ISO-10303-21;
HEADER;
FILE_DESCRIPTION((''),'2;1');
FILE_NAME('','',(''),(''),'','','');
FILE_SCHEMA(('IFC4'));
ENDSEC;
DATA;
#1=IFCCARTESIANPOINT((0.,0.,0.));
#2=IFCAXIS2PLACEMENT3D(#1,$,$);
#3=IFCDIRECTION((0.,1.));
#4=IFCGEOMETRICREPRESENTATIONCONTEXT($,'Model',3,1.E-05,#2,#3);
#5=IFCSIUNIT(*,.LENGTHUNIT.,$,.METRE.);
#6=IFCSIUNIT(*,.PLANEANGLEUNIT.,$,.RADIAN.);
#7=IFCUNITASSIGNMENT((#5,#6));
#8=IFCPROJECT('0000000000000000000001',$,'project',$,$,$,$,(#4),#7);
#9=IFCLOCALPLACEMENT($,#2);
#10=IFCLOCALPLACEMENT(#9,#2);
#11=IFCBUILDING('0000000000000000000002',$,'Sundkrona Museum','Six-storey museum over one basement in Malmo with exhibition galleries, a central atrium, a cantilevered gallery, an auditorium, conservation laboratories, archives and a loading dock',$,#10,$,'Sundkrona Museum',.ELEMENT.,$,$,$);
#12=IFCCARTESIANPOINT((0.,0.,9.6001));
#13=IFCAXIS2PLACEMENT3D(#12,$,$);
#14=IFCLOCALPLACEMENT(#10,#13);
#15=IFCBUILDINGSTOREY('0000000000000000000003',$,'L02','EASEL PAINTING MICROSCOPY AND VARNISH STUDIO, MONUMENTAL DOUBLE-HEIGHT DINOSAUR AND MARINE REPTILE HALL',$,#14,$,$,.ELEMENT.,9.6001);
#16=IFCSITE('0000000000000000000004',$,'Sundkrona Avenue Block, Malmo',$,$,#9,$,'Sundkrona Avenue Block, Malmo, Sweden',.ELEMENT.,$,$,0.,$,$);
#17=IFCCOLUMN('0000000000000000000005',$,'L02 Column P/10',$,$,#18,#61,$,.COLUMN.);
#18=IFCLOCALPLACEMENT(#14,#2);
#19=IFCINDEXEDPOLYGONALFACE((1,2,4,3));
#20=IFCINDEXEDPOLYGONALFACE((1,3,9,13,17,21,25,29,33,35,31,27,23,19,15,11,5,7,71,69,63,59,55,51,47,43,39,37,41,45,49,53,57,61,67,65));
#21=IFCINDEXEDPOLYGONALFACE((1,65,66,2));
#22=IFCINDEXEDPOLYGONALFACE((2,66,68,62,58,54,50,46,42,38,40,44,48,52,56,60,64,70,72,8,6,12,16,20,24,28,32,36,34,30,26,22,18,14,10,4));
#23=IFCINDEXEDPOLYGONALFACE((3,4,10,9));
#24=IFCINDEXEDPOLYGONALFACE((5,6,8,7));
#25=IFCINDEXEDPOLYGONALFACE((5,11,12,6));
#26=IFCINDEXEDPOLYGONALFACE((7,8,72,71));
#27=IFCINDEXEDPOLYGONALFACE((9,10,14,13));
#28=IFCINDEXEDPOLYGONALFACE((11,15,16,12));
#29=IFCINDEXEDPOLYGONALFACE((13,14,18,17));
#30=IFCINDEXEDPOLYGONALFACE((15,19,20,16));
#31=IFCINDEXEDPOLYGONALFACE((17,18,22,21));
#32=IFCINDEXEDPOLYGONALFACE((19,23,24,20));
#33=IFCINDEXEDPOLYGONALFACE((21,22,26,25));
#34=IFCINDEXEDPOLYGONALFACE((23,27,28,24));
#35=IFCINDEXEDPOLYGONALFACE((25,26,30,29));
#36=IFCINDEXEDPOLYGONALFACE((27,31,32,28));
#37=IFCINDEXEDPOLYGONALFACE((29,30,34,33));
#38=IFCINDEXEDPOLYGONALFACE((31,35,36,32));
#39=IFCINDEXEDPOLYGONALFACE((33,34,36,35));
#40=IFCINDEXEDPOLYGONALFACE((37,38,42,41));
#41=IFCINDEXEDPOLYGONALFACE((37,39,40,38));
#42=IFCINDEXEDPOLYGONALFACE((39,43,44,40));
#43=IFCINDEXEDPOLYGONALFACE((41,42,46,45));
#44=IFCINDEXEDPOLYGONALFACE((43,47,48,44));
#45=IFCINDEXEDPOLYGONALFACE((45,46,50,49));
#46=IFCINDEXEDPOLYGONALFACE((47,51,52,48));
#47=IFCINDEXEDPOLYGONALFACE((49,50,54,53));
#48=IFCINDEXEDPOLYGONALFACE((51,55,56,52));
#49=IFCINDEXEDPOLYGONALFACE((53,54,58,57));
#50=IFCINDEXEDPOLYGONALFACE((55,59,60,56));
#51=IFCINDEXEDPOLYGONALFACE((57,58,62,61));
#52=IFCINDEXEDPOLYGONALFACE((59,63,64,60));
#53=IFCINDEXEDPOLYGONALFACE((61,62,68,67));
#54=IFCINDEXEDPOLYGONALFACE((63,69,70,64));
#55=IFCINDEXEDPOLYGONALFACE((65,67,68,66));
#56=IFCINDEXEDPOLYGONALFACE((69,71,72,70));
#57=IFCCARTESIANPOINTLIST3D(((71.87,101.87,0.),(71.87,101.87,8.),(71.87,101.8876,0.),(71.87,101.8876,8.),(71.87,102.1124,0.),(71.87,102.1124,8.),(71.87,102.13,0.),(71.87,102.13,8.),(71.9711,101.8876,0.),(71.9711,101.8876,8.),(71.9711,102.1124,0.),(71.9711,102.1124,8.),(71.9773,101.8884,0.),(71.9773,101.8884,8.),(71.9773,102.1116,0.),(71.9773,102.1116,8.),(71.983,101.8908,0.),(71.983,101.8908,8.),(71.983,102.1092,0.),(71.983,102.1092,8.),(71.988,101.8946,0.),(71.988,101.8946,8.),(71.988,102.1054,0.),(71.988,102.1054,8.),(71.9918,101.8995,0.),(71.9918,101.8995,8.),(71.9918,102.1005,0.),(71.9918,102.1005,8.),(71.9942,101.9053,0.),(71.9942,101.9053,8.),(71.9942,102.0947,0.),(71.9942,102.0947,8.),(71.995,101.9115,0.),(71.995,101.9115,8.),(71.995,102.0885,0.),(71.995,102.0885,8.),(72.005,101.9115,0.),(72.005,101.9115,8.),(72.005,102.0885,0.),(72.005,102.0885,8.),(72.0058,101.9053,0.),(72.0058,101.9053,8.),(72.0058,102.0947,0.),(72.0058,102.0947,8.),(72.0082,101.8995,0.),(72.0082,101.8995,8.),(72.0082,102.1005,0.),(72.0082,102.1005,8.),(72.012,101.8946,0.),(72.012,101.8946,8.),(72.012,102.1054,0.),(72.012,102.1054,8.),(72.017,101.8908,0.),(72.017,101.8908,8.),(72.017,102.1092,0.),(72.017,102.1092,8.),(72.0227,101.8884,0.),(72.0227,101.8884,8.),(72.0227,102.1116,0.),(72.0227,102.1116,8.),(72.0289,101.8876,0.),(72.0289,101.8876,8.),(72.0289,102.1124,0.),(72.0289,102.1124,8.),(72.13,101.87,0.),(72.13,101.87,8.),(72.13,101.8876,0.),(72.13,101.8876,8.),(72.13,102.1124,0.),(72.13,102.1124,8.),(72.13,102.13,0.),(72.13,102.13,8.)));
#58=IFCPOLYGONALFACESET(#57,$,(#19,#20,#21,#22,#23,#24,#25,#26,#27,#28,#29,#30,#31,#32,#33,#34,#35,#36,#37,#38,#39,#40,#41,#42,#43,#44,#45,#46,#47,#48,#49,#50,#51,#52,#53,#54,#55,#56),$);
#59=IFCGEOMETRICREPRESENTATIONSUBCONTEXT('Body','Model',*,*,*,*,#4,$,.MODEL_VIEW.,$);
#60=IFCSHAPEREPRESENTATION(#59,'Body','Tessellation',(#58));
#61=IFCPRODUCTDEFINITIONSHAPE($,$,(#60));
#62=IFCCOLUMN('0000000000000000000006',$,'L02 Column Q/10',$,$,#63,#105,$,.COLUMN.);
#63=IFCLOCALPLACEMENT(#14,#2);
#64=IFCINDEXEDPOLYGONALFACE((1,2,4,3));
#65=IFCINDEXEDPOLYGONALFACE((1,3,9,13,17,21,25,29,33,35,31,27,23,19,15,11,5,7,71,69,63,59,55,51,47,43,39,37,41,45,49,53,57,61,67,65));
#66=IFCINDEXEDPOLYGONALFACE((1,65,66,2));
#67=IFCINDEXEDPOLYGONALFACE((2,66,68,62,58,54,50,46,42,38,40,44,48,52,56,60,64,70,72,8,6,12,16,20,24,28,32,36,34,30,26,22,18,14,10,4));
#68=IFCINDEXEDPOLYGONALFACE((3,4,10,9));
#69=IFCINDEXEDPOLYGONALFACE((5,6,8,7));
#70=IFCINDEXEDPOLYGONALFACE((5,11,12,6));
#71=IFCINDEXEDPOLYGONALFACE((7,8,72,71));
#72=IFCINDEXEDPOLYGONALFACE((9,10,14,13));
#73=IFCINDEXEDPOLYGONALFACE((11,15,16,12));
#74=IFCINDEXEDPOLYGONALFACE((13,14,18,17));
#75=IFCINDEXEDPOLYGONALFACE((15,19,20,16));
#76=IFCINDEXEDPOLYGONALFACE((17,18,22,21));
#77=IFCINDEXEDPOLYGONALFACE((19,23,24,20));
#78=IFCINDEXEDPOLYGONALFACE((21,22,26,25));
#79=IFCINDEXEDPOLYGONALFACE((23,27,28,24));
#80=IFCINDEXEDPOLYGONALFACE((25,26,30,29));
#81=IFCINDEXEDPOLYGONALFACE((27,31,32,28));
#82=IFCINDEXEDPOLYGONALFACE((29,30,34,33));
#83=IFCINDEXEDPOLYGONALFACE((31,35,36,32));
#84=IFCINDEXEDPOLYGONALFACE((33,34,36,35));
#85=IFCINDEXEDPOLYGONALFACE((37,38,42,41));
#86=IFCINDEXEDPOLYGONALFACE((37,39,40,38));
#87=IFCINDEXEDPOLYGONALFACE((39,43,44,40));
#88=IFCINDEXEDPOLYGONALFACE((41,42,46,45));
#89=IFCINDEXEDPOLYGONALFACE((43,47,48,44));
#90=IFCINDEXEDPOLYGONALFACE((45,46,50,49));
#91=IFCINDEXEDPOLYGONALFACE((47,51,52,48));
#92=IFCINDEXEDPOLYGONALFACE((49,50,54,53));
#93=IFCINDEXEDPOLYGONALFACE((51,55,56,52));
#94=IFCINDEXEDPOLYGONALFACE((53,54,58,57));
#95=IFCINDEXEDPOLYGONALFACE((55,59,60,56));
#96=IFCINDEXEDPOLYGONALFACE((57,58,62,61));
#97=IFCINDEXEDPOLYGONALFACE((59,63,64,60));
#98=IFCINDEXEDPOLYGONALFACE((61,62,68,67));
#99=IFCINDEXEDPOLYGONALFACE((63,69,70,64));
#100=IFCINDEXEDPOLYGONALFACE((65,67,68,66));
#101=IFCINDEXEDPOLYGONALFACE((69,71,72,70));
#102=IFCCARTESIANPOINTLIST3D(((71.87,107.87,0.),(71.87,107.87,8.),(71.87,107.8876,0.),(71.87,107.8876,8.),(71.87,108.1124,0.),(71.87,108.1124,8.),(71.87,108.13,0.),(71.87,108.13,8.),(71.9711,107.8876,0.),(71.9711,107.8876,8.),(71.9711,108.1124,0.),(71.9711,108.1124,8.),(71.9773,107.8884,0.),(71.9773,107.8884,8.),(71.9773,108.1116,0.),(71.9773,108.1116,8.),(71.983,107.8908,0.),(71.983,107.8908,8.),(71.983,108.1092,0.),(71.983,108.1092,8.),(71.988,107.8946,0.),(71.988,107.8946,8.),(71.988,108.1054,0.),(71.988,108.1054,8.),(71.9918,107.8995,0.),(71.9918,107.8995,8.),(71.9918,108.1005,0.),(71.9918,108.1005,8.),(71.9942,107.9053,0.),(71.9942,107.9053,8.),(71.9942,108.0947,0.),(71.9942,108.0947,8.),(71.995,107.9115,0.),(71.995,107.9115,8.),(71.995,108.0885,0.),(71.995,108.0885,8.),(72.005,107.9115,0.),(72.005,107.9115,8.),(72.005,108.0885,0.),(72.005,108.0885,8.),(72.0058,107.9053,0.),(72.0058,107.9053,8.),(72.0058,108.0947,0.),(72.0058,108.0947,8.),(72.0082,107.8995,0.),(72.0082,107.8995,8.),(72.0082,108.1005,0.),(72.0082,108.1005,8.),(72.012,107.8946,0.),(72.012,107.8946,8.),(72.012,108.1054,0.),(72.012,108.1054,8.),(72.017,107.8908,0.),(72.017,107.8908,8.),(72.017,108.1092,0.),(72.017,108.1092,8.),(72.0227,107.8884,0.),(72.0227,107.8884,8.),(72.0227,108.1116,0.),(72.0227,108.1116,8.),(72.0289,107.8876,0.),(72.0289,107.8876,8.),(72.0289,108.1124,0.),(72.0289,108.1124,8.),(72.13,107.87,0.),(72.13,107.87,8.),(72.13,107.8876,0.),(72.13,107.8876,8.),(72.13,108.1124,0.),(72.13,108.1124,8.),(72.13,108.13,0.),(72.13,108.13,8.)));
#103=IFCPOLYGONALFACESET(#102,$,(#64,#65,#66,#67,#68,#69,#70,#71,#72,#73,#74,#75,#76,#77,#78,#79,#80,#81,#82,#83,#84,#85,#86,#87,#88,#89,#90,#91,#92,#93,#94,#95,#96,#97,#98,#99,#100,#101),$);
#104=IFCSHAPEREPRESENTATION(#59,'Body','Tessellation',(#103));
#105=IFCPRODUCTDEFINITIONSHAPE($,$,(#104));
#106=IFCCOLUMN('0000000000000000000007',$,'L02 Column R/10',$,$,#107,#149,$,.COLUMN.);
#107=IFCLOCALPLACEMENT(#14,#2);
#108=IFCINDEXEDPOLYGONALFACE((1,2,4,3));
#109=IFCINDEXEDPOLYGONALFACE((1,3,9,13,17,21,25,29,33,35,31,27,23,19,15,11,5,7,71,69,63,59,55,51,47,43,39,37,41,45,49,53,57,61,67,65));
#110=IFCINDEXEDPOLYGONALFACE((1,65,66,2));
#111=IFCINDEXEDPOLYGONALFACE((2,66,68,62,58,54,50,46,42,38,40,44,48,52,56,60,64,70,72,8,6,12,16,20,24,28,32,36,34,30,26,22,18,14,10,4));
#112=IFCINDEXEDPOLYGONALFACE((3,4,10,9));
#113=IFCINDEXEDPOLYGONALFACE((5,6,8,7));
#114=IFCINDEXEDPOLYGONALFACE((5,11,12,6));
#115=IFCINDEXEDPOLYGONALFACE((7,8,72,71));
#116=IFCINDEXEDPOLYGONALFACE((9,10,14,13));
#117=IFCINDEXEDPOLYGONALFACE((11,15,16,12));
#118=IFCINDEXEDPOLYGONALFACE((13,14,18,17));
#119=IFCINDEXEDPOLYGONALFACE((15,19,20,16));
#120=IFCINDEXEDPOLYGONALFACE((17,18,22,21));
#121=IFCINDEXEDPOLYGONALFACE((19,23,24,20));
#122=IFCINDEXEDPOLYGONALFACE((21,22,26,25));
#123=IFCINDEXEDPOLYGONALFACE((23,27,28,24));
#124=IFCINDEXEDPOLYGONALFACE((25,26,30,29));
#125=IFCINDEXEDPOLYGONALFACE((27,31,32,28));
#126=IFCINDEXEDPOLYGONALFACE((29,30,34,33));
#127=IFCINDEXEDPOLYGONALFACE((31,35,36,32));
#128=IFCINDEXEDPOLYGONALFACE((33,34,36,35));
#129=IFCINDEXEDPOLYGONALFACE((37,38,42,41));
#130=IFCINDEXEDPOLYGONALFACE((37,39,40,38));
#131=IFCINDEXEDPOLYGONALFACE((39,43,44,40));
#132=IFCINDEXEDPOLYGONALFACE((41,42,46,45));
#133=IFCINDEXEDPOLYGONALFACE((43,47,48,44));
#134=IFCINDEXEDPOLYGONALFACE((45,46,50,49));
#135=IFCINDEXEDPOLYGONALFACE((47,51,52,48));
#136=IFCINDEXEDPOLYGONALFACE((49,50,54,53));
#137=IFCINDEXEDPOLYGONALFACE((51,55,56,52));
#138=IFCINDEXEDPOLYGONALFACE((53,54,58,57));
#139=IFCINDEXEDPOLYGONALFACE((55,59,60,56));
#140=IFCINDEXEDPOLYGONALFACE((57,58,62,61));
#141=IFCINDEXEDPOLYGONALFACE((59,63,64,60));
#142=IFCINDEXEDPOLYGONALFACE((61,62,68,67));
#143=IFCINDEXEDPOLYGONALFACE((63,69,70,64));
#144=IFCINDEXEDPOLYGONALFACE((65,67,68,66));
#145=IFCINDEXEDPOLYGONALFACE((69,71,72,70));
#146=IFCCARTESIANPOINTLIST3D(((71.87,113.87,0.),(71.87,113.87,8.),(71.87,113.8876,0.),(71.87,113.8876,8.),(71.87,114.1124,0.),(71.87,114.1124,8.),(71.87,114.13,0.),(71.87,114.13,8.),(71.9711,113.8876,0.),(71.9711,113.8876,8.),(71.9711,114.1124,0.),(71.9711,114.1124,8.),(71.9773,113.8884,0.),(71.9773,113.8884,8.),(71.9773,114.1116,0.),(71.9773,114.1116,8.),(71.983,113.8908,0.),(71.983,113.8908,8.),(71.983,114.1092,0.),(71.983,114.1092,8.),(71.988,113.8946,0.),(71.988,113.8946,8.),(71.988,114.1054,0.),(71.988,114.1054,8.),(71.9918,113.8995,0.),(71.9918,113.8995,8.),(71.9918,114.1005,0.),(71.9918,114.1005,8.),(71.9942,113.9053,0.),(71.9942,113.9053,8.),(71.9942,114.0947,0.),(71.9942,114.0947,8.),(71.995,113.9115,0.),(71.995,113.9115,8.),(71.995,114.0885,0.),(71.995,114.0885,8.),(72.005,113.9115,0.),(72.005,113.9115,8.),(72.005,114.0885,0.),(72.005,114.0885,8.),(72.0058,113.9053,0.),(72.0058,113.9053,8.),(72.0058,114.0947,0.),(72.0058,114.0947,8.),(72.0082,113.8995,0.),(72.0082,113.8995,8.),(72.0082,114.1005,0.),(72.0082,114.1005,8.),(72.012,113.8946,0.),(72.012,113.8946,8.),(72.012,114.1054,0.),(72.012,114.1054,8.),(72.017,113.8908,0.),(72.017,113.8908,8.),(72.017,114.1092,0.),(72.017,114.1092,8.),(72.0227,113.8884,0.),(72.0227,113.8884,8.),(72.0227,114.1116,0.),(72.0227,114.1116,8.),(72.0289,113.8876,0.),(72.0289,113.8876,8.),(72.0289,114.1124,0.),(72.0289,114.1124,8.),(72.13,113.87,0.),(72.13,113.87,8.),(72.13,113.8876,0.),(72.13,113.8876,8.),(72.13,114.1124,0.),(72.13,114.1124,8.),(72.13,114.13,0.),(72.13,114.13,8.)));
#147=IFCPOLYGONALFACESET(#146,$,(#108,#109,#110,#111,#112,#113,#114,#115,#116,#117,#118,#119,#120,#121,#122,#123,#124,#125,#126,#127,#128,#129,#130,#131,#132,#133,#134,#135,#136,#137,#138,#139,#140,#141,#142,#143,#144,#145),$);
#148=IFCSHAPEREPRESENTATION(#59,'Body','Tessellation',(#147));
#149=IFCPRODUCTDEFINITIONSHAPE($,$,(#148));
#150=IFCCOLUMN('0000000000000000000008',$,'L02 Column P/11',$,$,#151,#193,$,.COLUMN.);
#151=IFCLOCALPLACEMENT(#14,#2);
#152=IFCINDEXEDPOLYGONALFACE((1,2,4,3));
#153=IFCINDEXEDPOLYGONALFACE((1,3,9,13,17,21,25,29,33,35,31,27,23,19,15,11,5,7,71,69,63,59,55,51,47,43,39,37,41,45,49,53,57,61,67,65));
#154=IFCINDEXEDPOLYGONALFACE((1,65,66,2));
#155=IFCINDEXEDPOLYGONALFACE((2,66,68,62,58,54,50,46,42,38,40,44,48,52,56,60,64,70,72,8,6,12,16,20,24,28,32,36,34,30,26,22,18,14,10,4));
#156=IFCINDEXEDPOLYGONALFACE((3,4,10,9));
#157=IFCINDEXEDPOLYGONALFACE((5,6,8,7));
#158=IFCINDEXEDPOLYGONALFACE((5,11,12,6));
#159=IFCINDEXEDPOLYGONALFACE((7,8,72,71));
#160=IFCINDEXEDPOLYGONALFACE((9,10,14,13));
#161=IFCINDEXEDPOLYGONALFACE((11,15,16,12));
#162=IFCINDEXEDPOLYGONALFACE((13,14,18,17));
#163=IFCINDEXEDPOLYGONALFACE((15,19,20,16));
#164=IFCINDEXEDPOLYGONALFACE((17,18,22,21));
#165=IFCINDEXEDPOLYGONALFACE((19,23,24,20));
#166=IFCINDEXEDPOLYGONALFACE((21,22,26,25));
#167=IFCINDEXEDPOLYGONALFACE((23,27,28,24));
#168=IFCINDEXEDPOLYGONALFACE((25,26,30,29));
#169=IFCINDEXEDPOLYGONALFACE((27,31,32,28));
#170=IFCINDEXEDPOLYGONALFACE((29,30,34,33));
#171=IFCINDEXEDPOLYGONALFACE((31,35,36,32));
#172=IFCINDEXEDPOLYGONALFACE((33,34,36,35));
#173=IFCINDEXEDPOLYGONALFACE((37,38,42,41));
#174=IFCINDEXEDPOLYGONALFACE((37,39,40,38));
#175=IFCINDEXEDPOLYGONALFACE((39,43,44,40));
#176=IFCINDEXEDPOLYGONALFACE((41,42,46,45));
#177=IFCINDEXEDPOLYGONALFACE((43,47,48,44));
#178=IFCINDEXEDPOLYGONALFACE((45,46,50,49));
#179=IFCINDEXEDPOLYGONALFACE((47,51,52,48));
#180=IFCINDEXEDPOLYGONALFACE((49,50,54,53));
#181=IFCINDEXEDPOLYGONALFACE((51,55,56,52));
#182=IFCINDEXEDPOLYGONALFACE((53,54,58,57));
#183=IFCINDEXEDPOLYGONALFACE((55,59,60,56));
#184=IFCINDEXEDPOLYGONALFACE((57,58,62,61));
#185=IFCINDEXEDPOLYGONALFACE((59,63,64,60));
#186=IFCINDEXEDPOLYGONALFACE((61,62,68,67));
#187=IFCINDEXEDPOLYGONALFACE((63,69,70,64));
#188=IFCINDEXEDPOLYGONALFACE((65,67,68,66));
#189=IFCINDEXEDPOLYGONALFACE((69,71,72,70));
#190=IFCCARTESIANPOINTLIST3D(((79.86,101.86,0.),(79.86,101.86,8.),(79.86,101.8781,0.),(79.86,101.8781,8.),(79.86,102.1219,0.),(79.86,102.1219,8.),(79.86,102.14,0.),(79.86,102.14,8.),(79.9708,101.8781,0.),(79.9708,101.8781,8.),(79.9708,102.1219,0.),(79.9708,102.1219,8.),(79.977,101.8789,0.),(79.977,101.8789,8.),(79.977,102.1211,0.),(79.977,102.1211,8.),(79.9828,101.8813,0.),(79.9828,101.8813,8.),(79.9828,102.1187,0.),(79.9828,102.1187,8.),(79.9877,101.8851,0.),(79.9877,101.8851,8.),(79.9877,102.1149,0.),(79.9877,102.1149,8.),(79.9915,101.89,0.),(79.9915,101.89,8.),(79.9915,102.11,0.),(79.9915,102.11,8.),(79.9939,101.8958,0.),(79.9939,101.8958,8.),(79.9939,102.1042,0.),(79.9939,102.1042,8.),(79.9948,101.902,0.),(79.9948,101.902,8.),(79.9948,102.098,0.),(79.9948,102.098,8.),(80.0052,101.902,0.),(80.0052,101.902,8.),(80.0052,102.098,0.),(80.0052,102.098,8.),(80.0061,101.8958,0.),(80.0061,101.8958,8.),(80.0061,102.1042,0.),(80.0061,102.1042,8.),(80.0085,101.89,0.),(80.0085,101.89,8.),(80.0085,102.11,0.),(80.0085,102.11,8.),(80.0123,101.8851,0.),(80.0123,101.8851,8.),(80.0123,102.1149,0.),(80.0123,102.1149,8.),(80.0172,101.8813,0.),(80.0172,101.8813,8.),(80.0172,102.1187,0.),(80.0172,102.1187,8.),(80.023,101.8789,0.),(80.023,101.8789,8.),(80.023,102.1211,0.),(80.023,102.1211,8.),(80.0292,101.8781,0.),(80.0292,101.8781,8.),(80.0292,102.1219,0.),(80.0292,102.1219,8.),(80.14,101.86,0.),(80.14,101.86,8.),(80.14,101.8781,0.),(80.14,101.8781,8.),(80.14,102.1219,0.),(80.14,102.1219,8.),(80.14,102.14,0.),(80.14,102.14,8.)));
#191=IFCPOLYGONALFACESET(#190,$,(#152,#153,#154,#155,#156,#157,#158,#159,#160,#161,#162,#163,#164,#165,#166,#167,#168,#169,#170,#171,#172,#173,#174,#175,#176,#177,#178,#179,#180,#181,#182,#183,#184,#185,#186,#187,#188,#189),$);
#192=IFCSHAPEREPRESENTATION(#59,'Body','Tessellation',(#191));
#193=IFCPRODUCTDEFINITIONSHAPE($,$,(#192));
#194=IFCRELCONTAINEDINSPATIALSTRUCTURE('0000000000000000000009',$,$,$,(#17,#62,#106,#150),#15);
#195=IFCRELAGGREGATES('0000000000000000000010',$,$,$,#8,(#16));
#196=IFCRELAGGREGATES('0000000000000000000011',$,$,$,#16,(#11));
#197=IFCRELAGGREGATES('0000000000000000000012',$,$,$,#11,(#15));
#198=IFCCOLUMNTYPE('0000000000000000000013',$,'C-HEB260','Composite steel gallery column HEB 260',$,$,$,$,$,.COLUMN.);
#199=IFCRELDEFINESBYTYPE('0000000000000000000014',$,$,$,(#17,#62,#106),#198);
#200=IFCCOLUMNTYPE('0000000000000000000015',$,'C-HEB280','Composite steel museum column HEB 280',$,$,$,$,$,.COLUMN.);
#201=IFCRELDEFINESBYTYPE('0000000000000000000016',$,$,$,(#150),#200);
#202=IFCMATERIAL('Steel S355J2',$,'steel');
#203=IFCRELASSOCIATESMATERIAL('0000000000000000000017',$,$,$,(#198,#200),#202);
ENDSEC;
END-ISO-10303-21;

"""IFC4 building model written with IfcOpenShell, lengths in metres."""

from ifc_helpers import new_model, si_unit, direction, frame, origin, origin_2d, place, context, subcontext, project, spatial, i_section, extrude, material, material_profile, profile_set, type_object, element, save


model = new_model("IFC4")

# Units and contexts
model_context = context("Model", 3, precision=1e-05, world=origin(), true_north=direction((0.0, 1.0)))
body_context = subcontext(model_context, "Body", "Model", "MODEL_VIEW")
ifc_project = project(units=[si_unit("LENGTHUNIT", "METRE"), si_unit("PLANEANGLEUNIT", "RADIAN")], contexts=[model_context])

# Site, building, storey
site_placement = place(None, origin())
site = spatial("IfcSite", under=ifc_project, at=site_placement, Name="Sundkrona Avenue Block, Malmo", LongName="Sundkrona Avenue Block, Malmo, Sweden", CompositionType="ELEMENT", RefElevation=0.0)
building_placement = place(site_placement, origin())
building = spatial("IfcBuilding", under=site, at=building_placement, Name="Sundkrona Museum", Description="Six-storey museum over one basement in Malmo with exhibition galleries, a central atrium, a cantilevered gallery, an auditorium, conservation laboratories, archives and a loading dock", LongName="Sundkrona Museum", CompositionType="ELEMENT")
storey_placement = place(building_placement, frame((0.0, 0.0, 9.6001)))
storey = spatial("IfcBuildingStorey", under=building, at=storey_placement, Name="L02", Description="EASEL PAINTING MICROSCOPY AND VARNISH STUDIO, MONUMENTAL DOUBLE-HEIGHT DINOSAUR AND MARINE REPTILE HALL", CompositionType="ELEMENT", Elevation=9.6001)

# Columns
ifc_material_1 = material(Name="Steel S355J2", Category="steel")
ifc_material_profile_1 = material_profile(ifc_material_1, i_section(OverallWidth=0.26, OverallDepth=0.26, WebThickness=0.01, FlangeThickness=0.0176, FilletRadius=0.0239, at=origin_2d()), Name="HEB 260")
ifc_profile_set_1 = profile_set([ifc_material_profile_1], Name="Steel S355J2")
column_type_1 = type_object("IfcColumnType", Name="C-HEB260", Description="Composite steel gallery column HEB 260", PredefinedType="COLUMN", material=ifc_profile_set_1)
for number, where, z_axis, x_axis, name in (
    (1, (72.0, 102.0, 0.0), (0.0, 0.0, 1.0), (1.0, 0.0, 0.0), "L02 Column P/10"),
    (2, (72.0, 108.0, 0.0), (0.0, 0.0, 1.0), (1.0, 0.0, 0.0), "L02 Column Q/10"),
    (3, (72.0, 114.0, 0.0), (0.0, 0.0, 1.0), (1.0, 0.0, 0.0), "L02 Column R/10"),
):
    element("IfcColumn", number, at=place(storey_placement, frame(where, z_axis=z_axis, x_axis=x_axis)), inside=storey, type_object=column_type_1, Name=name, PredefinedType="COLUMN", context=body_context, shape_type="SweptSolid", body=[
        extrude(i_section(OverallWidth=0.26, OverallDepth=0.26, WebThickness=0.01, FlangeThickness=0.0176, FilletRadius=0.0239, at=origin_2d()), origin(), (0.0, 0.0, 1.0), 8.0),
    ])
ifc_material_profile_2 = material_profile(ifc_material_1, i_section(OverallWidth=0.28, OverallDepth=0.28, WebThickness=0.0105, FlangeThickness=0.0181, FilletRadius=0.0239, at=origin_2d()), Name="HEB 280")
ifc_profile_set_2 = profile_set([ifc_material_profile_2], Name="Steel S355J2")
column_type_2 = type_object("IfcColumnType", Name="C-HEB280", Description="Composite steel museum column HEB 280", PredefinedType="COLUMN", material=ifc_profile_set_2)
for number, where, z_axis, x_axis, name in (
    (4, (80.0, 102.0, 0.0), (0.0, 0.0, 1.0), (1.0, 0.0, 0.0), "L02 Column P/11"),
):
    element("IfcColumn", number, at=place(storey_placement, frame(where, z_axis=z_axis, x_axis=x_axis)), inside=storey, type_object=column_type_2, Name=name, PredefinedType="COLUMN", context=body_context, shape_type="SweptSolid", body=[
        extrude(i_section(OverallWidth=0.28, OverallDepth=0.28, WebThickness=0.0105, FlangeThickness=0.0181, FilletRadius=0.0239, at=origin_2d()), origin(), (0.0, 0.0, 1.0), 8.0),
    ])

save(model, "model.ifc")
